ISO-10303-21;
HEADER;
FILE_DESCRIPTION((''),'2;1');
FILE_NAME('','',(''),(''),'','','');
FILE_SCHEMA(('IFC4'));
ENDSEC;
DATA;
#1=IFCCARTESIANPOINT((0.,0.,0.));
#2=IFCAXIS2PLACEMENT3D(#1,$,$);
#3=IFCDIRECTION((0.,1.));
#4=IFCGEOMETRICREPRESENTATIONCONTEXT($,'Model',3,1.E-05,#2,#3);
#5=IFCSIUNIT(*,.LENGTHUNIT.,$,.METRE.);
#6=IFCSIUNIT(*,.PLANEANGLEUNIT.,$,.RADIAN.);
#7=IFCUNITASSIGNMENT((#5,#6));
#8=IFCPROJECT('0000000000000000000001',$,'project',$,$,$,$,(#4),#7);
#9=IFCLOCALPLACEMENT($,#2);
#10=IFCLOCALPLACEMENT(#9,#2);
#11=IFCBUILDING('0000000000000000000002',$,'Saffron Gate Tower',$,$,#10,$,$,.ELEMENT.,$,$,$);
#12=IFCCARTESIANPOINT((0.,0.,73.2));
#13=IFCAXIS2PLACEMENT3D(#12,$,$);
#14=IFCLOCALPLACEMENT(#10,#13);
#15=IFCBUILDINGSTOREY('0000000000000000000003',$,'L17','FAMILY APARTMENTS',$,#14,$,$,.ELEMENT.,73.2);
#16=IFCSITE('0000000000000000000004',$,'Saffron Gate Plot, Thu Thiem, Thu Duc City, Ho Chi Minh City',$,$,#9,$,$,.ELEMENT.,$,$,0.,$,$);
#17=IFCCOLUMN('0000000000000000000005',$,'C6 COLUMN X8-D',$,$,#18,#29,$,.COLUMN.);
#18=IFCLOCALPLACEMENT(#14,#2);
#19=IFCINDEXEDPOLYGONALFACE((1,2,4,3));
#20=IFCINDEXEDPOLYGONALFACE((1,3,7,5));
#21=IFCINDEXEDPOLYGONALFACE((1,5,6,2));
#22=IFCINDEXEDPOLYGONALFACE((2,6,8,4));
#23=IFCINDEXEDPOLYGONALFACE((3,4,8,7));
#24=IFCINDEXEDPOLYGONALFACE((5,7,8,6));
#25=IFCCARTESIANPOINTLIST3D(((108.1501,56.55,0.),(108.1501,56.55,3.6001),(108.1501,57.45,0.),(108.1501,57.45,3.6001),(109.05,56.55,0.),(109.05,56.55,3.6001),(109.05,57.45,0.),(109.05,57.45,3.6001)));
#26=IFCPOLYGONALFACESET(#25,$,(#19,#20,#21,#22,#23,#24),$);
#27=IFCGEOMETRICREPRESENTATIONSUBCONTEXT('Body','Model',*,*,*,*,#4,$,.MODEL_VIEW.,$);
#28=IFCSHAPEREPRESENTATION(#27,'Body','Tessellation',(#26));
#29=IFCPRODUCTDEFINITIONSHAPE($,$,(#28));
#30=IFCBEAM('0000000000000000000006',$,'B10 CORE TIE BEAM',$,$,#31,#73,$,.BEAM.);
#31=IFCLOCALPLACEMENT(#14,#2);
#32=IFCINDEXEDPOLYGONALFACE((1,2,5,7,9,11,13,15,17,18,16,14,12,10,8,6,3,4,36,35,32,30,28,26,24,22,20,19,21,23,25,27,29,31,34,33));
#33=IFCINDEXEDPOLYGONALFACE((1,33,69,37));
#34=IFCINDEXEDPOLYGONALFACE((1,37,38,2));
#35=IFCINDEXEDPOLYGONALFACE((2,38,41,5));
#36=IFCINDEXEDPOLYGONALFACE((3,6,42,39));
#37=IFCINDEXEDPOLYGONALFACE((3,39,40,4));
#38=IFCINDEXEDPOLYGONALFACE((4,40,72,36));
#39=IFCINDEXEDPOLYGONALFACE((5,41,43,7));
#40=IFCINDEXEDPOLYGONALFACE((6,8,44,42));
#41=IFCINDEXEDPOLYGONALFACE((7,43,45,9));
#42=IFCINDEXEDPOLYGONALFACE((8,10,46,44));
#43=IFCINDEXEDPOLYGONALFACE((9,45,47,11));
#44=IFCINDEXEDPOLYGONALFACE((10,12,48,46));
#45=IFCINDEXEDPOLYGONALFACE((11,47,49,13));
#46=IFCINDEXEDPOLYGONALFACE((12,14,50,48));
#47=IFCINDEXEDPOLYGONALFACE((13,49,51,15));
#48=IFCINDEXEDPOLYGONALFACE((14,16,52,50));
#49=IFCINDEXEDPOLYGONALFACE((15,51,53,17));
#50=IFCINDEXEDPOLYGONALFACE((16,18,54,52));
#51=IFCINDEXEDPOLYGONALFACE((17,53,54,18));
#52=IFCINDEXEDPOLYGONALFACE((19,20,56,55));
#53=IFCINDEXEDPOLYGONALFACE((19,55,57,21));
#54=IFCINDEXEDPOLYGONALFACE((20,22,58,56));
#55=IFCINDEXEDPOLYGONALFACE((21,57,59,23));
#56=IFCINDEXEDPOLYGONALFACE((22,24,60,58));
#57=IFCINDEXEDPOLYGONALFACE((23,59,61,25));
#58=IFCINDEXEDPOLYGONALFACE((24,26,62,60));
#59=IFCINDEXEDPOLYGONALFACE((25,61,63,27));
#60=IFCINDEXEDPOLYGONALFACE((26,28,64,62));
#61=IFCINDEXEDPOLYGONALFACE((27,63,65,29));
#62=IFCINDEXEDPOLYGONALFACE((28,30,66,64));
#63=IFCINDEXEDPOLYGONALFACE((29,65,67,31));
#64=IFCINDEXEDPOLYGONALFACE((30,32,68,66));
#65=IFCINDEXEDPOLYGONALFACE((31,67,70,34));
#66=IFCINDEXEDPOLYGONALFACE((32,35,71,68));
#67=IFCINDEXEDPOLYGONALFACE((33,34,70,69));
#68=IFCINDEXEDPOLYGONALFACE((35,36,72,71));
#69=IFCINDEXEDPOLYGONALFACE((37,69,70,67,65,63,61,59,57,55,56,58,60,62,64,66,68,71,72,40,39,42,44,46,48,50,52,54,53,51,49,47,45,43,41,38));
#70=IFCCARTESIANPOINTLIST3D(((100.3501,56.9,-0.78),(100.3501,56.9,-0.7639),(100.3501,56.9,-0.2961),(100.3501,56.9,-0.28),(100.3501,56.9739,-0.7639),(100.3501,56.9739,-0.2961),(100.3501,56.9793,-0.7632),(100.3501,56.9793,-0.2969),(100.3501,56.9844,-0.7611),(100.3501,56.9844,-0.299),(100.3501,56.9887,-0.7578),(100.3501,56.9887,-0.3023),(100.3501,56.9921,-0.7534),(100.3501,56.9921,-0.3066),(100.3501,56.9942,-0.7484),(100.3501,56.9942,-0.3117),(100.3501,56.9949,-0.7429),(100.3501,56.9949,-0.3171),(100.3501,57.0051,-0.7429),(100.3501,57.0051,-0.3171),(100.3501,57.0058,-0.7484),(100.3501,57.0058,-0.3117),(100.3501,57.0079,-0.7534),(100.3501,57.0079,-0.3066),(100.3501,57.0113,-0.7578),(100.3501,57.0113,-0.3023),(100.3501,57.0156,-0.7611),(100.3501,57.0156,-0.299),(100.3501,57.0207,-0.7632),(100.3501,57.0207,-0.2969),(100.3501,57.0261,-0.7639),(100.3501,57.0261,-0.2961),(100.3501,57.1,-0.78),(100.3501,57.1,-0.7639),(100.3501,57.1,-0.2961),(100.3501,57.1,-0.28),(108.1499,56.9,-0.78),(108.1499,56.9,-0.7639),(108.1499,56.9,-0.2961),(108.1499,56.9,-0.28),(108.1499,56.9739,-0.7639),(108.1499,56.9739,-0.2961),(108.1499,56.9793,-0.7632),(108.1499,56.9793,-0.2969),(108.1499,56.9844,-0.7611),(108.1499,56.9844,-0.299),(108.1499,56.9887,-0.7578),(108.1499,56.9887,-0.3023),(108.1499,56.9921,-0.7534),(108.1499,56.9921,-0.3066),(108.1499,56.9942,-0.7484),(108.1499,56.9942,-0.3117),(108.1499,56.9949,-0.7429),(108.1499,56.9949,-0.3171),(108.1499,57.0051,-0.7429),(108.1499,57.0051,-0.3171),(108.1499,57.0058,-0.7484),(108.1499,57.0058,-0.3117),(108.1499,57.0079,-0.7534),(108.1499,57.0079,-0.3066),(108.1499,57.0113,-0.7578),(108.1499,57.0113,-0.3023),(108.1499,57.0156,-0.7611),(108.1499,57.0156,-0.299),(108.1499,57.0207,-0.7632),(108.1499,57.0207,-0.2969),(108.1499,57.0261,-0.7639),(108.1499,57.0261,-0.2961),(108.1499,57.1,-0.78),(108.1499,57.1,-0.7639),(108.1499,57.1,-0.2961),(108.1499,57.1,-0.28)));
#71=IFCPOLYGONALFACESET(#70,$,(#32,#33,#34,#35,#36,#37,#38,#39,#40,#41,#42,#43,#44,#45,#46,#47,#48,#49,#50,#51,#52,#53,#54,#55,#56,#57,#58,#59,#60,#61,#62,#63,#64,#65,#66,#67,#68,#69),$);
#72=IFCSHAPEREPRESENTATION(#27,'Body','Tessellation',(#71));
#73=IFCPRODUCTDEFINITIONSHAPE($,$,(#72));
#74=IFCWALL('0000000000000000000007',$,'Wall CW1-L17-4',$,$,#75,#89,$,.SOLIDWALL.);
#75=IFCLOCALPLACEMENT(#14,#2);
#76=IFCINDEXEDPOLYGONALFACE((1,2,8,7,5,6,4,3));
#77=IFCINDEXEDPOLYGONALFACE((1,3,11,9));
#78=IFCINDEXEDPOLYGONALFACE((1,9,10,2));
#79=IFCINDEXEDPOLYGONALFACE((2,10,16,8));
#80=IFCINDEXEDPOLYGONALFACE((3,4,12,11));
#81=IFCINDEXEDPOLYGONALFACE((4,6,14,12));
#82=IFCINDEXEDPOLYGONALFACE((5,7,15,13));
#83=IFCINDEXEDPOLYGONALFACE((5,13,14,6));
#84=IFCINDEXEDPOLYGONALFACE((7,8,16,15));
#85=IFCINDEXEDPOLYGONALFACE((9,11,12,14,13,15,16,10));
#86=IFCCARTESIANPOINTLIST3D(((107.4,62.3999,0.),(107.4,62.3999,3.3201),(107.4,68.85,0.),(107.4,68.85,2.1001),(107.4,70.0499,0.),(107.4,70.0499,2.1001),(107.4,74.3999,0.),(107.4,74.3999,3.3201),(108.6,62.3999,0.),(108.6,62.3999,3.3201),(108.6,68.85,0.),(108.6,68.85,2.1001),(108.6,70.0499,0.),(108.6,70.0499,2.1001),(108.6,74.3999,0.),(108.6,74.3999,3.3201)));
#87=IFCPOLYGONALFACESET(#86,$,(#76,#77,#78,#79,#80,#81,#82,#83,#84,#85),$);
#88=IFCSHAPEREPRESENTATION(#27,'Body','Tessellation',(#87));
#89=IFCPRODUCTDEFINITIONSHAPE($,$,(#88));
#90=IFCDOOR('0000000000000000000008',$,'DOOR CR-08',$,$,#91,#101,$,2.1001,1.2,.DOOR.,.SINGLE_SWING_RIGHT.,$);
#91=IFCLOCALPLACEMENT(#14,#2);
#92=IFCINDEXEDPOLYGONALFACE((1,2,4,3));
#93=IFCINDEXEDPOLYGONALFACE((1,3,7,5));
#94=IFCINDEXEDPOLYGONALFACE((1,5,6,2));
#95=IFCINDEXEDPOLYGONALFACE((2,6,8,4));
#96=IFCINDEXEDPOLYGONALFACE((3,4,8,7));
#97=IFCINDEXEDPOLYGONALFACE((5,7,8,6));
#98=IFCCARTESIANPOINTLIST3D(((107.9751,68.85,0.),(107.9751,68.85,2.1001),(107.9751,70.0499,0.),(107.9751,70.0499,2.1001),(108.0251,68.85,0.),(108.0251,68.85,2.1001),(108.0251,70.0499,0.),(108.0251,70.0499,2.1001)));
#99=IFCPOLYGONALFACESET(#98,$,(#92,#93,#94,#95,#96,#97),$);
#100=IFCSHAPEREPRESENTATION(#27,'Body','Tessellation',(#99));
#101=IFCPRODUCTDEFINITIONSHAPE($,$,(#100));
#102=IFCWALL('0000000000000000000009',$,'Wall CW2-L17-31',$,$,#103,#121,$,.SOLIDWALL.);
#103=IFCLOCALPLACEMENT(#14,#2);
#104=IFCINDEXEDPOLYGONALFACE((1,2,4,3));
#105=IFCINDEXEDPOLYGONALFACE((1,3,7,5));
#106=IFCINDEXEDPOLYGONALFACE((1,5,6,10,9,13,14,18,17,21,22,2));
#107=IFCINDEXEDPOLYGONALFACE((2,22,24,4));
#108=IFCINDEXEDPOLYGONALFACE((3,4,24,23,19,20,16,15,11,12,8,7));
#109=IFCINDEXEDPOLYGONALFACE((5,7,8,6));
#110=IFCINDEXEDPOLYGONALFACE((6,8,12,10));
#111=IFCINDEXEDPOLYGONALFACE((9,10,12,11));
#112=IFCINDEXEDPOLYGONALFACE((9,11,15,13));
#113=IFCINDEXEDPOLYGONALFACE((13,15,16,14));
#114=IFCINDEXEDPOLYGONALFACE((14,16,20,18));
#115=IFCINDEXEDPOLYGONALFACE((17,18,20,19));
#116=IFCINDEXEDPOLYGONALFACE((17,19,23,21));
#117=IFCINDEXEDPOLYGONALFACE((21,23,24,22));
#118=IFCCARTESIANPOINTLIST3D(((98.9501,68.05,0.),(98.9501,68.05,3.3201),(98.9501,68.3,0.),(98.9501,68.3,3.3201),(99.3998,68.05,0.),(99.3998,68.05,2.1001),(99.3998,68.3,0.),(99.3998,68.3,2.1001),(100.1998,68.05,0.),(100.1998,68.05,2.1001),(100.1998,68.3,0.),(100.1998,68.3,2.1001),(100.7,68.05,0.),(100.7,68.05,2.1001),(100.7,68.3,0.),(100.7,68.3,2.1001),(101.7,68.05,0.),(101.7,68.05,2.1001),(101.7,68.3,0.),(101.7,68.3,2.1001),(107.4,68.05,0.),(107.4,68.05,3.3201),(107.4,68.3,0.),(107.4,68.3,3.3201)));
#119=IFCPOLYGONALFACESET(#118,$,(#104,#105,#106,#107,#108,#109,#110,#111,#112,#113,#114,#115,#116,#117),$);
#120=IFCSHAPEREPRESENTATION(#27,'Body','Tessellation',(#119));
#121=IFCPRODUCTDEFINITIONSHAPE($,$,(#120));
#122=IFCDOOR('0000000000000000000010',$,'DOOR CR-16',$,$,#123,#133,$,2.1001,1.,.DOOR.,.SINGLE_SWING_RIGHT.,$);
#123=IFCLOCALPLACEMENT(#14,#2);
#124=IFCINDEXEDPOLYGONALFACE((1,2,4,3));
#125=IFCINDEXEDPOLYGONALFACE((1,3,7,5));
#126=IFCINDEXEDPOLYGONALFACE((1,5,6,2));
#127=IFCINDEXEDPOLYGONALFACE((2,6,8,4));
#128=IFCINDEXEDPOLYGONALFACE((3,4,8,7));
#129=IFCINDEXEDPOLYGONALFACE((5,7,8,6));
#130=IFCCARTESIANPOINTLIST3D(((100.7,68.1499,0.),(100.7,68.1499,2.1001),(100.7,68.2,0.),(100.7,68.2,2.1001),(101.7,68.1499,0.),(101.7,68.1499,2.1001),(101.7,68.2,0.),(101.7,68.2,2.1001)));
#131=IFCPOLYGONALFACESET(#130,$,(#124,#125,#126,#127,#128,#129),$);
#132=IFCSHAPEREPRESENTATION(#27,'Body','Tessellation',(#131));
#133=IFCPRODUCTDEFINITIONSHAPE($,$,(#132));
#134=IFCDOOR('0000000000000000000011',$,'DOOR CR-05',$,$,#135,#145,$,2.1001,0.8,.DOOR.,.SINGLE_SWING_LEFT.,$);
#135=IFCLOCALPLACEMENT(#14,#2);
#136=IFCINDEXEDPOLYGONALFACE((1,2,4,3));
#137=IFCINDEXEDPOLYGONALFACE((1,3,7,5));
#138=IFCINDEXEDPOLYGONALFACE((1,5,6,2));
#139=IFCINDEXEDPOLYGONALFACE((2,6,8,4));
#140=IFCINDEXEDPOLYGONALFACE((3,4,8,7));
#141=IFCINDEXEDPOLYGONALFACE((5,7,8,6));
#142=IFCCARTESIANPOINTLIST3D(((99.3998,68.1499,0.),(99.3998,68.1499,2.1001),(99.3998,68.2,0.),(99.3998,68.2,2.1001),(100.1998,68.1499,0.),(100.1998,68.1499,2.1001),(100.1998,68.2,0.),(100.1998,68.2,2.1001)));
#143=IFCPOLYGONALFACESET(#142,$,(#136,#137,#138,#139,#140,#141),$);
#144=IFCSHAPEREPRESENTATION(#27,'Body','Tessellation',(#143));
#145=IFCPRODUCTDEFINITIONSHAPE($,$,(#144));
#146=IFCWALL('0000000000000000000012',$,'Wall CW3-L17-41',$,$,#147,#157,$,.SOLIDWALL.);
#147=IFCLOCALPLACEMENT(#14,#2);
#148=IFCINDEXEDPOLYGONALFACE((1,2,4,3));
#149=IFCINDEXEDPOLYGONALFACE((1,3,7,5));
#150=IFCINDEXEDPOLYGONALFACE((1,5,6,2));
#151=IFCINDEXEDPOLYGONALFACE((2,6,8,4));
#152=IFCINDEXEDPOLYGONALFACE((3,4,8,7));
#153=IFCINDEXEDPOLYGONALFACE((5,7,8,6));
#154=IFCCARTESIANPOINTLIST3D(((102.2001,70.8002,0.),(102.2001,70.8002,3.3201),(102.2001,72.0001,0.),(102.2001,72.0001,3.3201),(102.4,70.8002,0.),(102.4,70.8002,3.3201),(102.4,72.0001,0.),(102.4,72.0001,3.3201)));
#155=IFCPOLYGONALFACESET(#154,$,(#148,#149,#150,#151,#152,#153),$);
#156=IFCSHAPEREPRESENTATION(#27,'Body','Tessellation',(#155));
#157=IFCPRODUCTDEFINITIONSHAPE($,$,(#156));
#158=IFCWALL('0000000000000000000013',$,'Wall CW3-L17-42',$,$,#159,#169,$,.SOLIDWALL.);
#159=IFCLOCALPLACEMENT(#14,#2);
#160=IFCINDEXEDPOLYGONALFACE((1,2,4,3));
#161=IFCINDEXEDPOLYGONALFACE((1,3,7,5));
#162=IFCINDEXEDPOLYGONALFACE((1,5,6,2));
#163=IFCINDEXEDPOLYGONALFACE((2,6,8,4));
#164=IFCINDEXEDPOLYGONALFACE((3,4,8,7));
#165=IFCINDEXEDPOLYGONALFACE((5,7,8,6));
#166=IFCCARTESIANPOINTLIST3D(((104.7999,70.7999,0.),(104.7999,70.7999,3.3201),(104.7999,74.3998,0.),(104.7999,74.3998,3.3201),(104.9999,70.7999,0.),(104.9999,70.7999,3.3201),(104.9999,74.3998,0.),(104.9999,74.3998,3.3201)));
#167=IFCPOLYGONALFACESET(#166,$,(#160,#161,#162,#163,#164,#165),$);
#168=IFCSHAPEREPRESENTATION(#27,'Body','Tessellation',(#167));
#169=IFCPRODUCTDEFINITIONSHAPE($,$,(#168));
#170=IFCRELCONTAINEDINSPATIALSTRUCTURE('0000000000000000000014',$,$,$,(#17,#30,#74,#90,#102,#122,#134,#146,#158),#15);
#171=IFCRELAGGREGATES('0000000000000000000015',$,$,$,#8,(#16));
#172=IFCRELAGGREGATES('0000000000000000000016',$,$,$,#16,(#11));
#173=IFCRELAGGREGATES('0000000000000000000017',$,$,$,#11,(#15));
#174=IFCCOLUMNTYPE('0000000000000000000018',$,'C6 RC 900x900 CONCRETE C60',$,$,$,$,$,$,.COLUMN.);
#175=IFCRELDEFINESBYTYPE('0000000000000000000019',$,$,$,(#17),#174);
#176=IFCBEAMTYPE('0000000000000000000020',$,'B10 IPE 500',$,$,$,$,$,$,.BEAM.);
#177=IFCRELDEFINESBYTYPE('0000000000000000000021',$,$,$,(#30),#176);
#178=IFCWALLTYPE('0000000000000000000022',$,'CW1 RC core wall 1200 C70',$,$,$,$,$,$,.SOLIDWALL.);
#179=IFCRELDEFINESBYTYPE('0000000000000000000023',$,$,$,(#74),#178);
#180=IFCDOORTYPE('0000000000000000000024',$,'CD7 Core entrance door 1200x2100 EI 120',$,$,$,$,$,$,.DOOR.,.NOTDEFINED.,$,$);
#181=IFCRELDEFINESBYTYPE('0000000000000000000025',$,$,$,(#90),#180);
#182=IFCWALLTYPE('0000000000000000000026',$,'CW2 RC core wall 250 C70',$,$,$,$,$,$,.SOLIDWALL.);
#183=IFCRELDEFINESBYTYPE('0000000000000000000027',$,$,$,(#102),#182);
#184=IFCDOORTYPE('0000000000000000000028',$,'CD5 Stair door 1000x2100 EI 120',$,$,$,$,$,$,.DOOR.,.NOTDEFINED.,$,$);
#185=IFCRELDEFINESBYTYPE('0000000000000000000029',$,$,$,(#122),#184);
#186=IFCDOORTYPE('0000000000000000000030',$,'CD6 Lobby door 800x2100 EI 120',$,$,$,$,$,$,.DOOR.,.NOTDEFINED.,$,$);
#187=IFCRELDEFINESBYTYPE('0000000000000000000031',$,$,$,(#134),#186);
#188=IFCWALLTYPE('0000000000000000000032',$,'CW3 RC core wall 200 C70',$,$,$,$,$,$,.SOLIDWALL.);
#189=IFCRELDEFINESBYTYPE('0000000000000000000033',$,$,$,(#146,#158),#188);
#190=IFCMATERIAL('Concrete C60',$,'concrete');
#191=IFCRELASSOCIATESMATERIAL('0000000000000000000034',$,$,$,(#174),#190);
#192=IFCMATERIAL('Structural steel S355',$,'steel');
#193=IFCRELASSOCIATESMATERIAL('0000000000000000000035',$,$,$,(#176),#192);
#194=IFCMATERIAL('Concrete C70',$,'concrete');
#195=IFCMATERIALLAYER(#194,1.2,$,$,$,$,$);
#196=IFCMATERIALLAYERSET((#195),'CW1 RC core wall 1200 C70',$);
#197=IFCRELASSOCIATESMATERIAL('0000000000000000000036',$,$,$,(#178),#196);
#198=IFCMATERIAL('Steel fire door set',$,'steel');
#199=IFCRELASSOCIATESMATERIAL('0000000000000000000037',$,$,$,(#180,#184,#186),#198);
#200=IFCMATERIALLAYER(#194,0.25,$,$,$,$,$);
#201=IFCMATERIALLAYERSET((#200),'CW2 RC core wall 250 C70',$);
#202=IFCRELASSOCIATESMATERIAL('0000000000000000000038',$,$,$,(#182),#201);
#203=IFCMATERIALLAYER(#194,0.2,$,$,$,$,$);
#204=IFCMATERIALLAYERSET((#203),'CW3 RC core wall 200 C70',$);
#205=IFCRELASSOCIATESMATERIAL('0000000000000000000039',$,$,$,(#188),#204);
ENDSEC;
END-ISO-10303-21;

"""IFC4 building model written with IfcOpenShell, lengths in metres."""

from ifc_helpers import new_model, si_unit, direction, frame, frame_2d, origin, origin_2d, place, context, subcontext, project, spatial, rectangle, i_section, extrude, material, layer, layer_set, material_profile, profile_set, type_object, element, fill, save


model = new_model("IFC4")

# Units and contexts
model_context = context("Model", 3, precision=1e-05, world=origin(), true_north=direction((0.0, 1.0)))
body_context = subcontext(model_context, "Body", "Model", "MODEL_VIEW")
ifc_project = project(units=[si_unit("LENGTHUNIT", "METRE"), si_unit("PLANEANGLEUNIT", "RADIAN")], contexts=[model_context])

# Site, building, storey
site_placement = place(None, origin())
site = spatial("IfcSite", under=ifc_project, at=site_placement, Name="Saffron Gate Plot, Thu Thiem, Thu Duc City, Ho Chi Minh City", CompositionType="ELEMENT", RefElevation=0.0)
building_placement = place(site_placement, origin())
building = spatial("IfcBuilding", under=site, at=building_placement, Name="Saffron Gate Tower", CompositionType="ELEMENT")
storey_placement = place(building_placement, frame((0.0, 0.0, 73.2)))
storey = spatial("IfcBuildingStorey", under=building, at=storey_placement, Name="L17", Description="FAMILY APARTMENTS", CompositionType="ELEMENT", Elevation=73.2)

# Column
ifc_material_1 = material(Name="Concrete C60", Category="concrete")
ifc_material_profile_1 = material_profile(ifc_material_1, rectangle(XDim=0.8999, YDim=0.8999, at=origin_2d()))
ifc_profile_set_1 = profile_set([ifc_material_profile_1], Name="Concrete C60")
column_type = type_object("IfcColumnType", Name="C6 RC 900x900 CONCRETE C60", PredefinedType="COLUMN", material=ifc_profile_set_1)
column_placement = place(storey_placement, frame((108.6001, 57.0, 0.0), z_axis=(0.0, 0.0, 1.0), x_axis=(1.0, 0.0, 0.0)))
element("IfcColumn", 1, at=column_placement, inside=storey, type_object=column_type, Name="C6 COLUMN X8-D", PredefinedType="COLUMN", context=body_context, shape_type="SweptSolid", body=[
    extrude(rectangle(XDim=0.8999, YDim=0.8999, at=origin_2d()), origin(), (0.0, 0.0, 1.0), 3.6001),
])

# Beam
ifc_material_2 = material(Name="Structural steel S355", Category="steel")
ifc_material_profile_2 = material_profile(ifc_material_2, i_section(OverallWidth=0.2, OverallDepth=0.5, WebThickness=0.0103, FlangeThickness=0.0161, FilletRadius=0.021, at=origin_2d()))
ifc_profile_set_2 = profile_set([ifc_material_profile_2], Name="Structural steel S355")
beam_type = type_object("IfcBeamType", Name="B10 IPE 500", PredefinedType="BEAM", material=ifc_profile_set_2)
beam_placement = place(storey_placement, frame((108.1499, 57.0, -0.53), z_axis=(-1.0, 0.0, 0.0), x_axis=(0.0, -1.0, 0.0)))
element("IfcBeam", 2, at=beam_placement, inside=storey, type_object=beam_type, Name="B10 CORE TIE BEAM", PredefinedType="BEAM", context=body_context, shape_type="SweptSolid", body=[
    extrude(i_section(OverallWidth=0.2, OverallDepth=0.5, WebThickness=0.0103, FlangeThickness=0.0161, FilletRadius=0.021, at=origin_2d()), origin(), (0.0, 0.0, 1.0), 7.7998),
])

# Wall, opening, door
ifc_material_3 = material(Name="Concrete C70", Category="concrete")
ifc_layer_1 = layer(ifc_material_3, 1.2)
ifc_layer_set_1 = layer_set([ifc_layer_1], Name="CW1 RC core wall 1200 C70")
wall_type_1 = type_object("IfcWallType", Name="CW1 RC core wall 1200 C70", PredefinedType="SOLIDWALL", material=ifc_layer_set_1)
wall_1_placement = place(storey_placement, frame((108.0, 62.3999, 0.0), z_axis=(0.0, 0.0, 1.0), x_axis=(0.0, 1.0, 0.0)))
wall_1 = element("IfcWall", 3, at=wall_1_placement, inside=storey, type_object=wall_type_1, Name="Wall CW1-L17-4", PredefinedType="SOLIDWALL", context=body_context, shape_type="SweptSolid", body=[
    extrude(rectangle(XDim=12.0, YDim=1.2, at=frame_2d((6.0, 0.0))), origin(), (0.0, 0.0, 1.0), 3.3201),
])
opening_1_placement = place(wall_1_placement, frame((6.45, 0.0, 0.0)))
opening_1 = element("IfcOpeningElement", 4, at=opening_1_placement, cuts=wall_1, PredefinedType="OPENING", context=body_context, shape_type="SweptSolid", body=[
    extrude(rectangle(XDim=1.2, YDim=2.1001, at=frame_2d((0.6001, 1.05))), frame((0.0, 0.6099, 0.0), z_axis=(0.0, -1.0, 0.0), x_axis=(1.0, 0.0, 0.0)), (0.0, 0.0, 1.0), 1.22),
])
ifc_material_4 = material(Name="Steel fire door set", Category="steel")
door_type_1 = type_object("IfcDoorType", Name="CD7 Core entrance door 1200x2100 EI 120", OperationType="NOTDEFINED", PredefinedType="DOOR", material=ifc_material_4)
door_1_placement = place(opening_1_placement, origin())
door_1 = element("IfcDoor", 5, at=door_1_placement, inside=storey, type_object=door_type_1, Name="DOOR CR-08", OperationType="SINGLE_SWING_RIGHT", OverallHeight=2.1001, OverallWidth=1.2, PredefinedType="DOOR", context=body_context, shape_type="SweptSolid", body=[
    extrude(rectangle(XDim=1.2, YDim=2.1001, at=frame_2d((0.6001, 1.05))), frame((0.0, 0.0249, 0.0), z_axis=(0.0, -1.0, 0.0), x_axis=(1.0, 0.0, 0.0)), (0.0, 0.0, 1.0), 0.05),
])
fill(opening_1, door_1)

# Wall, openings, doors
ifc_layer_2 = layer(ifc_material_3, 0.25)
ifc_layer_set_2 = layer_set([ifc_layer_2], Name="CW2 RC core wall 250 C70")
wall_type_2 = type_object("IfcWallType", Name="CW2 RC core wall 250 C70", PredefinedType="SOLIDWALL", material=ifc_layer_set_2)
wall_2_placement = place(storey_placement, frame((98.95, 68.175, 0.0), z_axis=(0.0, 0.0, 1.0), x_axis=(1.0, 0.0, 0.0)))
wall_2 = element("IfcWall", 6, at=wall_2_placement, inside=storey, type_object=wall_type_2, Name="Wall CW2-L17-31", PredefinedType="SOLIDWALL", context=body_context, shape_type="SweptSolid", body=[
    extrude(rectangle(XDim=8.45, YDim=0.25, at=frame_2d((4.2251, 0.0))), origin(), (0.0, 0.0, 1.0), 3.3201),
])
opening_2_placement = place(wall_2_placement, frame((0.45, 0.0, 0.0)))
opening_2 = element("IfcOpeningElement", 7, at=opening_2_placement, cuts=wall_2, PredefinedType="OPENING", context=body_context, shape_type="SweptSolid", body=[
    extrude(rectangle(XDim=0.8, YDim=2.1001, at=frame_2d((0.3999, 1.05))), frame((0.0, 0.135, 0.0), z_axis=(0.0, -1.0, 0.0), x_axis=(1.0, 0.0, 0.0)), (0.0, 0.0, 1.0), 0.27),
])
opening_3_placement = place(wall_2_placement, frame((1.75, 0.0, 0.0)))
opening_3 = element("IfcOpeningElement", 8, at=opening_3_placement, cuts=wall_2, PredefinedType="OPENING", context=body_context, shape_type="SweptSolid", body=[
    extrude(rectangle(XDim=1.0, YDim=2.1001, at=frame_2d((0.5, 1.05))), frame((0.0, 0.135, 0.0), z_axis=(0.0, -1.0, 0.0), x_axis=(1.0, 0.0, 0.0)), (0.0, 0.0, 1.0), 0.27),
])
door_type_2 = type_object("IfcDoorType", Name="CD5 Stair door 1000x2100 EI 120", OperationType="NOTDEFINED", PredefinedType="DOOR", material=ifc_material_4)
door_2_placement = place(opening_3_placement, origin())
door_2 = element("IfcDoor", 9, at=door_2_placement, inside=storey, type_object=door_type_2, Name="DOOR CR-16", OperationType="SINGLE_SWING_RIGHT", OverallHeight=2.1001, OverallWidth=1.0, PredefinedType="DOOR", context=body_context, shape_type="SweptSolid", body=[
    extrude(rectangle(XDim=1.0, YDim=2.1001, at=frame_2d((0.5, 1.05))), frame((0.0, 0.0249, 0.0), z_axis=(0.0, -1.0, 0.0), x_axis=(1.0, 0.0, 0.0)), (0.0, 0.0, 1.0), 0.05),
])
fill(opening_3, door_2)
door_type_3 = type_object("IfcDoorType", Name="CD6 Lobby door 800x2100 EI 120", OperationType="NOTDEFINED", PredefinedType="DOOR", material=ifc_material_4)
door_3_placement = place(opening_2_placement, origin())
door_3 = element("IfcDoor", 10, at=door_3_placement, inside=storey, type_object=door_type_3, Name="DOOR CR-05", OperationType="SINGLE_SWING_LEFT", OverallHeight=2.1001, OverallWidth=0.8, PredefinedType="DOOR", context=body_context, shape_type="SweptSolid", body=[
    extrude(rectangle(XDim=0.8, YDim=2.1001, at=frame_2d((0.3999, 1.05))), frame((0.0, 0.0249, 0.0), z_axis=(0.0, -1.0, 0.0), x_axis=(1.0, 0.0, 0.0)), (0.0, 0.0, 1.0), 0.05),
])
fill(opening_2, door_3)

# Walls
ifc_layer_3 = layer(ifc_material_3, 0.2)
ifc_layer_set_3 = layer_set([ifc_layer_3], Name="CW3 RC core wall 200 C70")
wall_type_3 = type_object("IfcWallType", Name="CW3 RC core wall 200 C70", PredefinedType="SOLIDWALL", material=ifc_layer_set_3)
wall_3_placement = place(storey_placement, frame((102.3, 70.8, 0.0), z_axis=(0.0, 0.0, 1.0), x_axis=(0.0, 1.0, 0.0)))
element("IfcWall", 11, at=wall_3_placement, inside=storey, type_object=wall_type_3, Name="Wall CW3-L17-41", PredefinedType="SOLIDWALL", context=body_context, shape_type="SweptSolid", body=[
    extrude(rectangle(XDim=1.2, YDim=0.2, at=frame_2d((0.6001, 0.0))), origin(), (0.0, 0.0, 1.0), 3.3201),
])
wall_4_placement = place(storey_placement, frame((104.8999, 70.8, 0.0), z_axis=(0.0, 0.0, 1.0), x_axis=(0.0, 1.0, 0.0)))
element("IfcWall", 12, at=wall_4_placement, inside=storey, type_object=wall_type_3, Name="Wall CW3-L17-42", PredefinedType="SOLIDWALL", context=body_context, shape_type="SweptSolid", body=[
    extrude(rectangle(XDim=3.5999, YDim=0.2, at=frame_2d((1.7998, 0.0))), origin(), (0.0, 0.0, 1.0), 3.3201),
])

save(model, "model.ifc")
